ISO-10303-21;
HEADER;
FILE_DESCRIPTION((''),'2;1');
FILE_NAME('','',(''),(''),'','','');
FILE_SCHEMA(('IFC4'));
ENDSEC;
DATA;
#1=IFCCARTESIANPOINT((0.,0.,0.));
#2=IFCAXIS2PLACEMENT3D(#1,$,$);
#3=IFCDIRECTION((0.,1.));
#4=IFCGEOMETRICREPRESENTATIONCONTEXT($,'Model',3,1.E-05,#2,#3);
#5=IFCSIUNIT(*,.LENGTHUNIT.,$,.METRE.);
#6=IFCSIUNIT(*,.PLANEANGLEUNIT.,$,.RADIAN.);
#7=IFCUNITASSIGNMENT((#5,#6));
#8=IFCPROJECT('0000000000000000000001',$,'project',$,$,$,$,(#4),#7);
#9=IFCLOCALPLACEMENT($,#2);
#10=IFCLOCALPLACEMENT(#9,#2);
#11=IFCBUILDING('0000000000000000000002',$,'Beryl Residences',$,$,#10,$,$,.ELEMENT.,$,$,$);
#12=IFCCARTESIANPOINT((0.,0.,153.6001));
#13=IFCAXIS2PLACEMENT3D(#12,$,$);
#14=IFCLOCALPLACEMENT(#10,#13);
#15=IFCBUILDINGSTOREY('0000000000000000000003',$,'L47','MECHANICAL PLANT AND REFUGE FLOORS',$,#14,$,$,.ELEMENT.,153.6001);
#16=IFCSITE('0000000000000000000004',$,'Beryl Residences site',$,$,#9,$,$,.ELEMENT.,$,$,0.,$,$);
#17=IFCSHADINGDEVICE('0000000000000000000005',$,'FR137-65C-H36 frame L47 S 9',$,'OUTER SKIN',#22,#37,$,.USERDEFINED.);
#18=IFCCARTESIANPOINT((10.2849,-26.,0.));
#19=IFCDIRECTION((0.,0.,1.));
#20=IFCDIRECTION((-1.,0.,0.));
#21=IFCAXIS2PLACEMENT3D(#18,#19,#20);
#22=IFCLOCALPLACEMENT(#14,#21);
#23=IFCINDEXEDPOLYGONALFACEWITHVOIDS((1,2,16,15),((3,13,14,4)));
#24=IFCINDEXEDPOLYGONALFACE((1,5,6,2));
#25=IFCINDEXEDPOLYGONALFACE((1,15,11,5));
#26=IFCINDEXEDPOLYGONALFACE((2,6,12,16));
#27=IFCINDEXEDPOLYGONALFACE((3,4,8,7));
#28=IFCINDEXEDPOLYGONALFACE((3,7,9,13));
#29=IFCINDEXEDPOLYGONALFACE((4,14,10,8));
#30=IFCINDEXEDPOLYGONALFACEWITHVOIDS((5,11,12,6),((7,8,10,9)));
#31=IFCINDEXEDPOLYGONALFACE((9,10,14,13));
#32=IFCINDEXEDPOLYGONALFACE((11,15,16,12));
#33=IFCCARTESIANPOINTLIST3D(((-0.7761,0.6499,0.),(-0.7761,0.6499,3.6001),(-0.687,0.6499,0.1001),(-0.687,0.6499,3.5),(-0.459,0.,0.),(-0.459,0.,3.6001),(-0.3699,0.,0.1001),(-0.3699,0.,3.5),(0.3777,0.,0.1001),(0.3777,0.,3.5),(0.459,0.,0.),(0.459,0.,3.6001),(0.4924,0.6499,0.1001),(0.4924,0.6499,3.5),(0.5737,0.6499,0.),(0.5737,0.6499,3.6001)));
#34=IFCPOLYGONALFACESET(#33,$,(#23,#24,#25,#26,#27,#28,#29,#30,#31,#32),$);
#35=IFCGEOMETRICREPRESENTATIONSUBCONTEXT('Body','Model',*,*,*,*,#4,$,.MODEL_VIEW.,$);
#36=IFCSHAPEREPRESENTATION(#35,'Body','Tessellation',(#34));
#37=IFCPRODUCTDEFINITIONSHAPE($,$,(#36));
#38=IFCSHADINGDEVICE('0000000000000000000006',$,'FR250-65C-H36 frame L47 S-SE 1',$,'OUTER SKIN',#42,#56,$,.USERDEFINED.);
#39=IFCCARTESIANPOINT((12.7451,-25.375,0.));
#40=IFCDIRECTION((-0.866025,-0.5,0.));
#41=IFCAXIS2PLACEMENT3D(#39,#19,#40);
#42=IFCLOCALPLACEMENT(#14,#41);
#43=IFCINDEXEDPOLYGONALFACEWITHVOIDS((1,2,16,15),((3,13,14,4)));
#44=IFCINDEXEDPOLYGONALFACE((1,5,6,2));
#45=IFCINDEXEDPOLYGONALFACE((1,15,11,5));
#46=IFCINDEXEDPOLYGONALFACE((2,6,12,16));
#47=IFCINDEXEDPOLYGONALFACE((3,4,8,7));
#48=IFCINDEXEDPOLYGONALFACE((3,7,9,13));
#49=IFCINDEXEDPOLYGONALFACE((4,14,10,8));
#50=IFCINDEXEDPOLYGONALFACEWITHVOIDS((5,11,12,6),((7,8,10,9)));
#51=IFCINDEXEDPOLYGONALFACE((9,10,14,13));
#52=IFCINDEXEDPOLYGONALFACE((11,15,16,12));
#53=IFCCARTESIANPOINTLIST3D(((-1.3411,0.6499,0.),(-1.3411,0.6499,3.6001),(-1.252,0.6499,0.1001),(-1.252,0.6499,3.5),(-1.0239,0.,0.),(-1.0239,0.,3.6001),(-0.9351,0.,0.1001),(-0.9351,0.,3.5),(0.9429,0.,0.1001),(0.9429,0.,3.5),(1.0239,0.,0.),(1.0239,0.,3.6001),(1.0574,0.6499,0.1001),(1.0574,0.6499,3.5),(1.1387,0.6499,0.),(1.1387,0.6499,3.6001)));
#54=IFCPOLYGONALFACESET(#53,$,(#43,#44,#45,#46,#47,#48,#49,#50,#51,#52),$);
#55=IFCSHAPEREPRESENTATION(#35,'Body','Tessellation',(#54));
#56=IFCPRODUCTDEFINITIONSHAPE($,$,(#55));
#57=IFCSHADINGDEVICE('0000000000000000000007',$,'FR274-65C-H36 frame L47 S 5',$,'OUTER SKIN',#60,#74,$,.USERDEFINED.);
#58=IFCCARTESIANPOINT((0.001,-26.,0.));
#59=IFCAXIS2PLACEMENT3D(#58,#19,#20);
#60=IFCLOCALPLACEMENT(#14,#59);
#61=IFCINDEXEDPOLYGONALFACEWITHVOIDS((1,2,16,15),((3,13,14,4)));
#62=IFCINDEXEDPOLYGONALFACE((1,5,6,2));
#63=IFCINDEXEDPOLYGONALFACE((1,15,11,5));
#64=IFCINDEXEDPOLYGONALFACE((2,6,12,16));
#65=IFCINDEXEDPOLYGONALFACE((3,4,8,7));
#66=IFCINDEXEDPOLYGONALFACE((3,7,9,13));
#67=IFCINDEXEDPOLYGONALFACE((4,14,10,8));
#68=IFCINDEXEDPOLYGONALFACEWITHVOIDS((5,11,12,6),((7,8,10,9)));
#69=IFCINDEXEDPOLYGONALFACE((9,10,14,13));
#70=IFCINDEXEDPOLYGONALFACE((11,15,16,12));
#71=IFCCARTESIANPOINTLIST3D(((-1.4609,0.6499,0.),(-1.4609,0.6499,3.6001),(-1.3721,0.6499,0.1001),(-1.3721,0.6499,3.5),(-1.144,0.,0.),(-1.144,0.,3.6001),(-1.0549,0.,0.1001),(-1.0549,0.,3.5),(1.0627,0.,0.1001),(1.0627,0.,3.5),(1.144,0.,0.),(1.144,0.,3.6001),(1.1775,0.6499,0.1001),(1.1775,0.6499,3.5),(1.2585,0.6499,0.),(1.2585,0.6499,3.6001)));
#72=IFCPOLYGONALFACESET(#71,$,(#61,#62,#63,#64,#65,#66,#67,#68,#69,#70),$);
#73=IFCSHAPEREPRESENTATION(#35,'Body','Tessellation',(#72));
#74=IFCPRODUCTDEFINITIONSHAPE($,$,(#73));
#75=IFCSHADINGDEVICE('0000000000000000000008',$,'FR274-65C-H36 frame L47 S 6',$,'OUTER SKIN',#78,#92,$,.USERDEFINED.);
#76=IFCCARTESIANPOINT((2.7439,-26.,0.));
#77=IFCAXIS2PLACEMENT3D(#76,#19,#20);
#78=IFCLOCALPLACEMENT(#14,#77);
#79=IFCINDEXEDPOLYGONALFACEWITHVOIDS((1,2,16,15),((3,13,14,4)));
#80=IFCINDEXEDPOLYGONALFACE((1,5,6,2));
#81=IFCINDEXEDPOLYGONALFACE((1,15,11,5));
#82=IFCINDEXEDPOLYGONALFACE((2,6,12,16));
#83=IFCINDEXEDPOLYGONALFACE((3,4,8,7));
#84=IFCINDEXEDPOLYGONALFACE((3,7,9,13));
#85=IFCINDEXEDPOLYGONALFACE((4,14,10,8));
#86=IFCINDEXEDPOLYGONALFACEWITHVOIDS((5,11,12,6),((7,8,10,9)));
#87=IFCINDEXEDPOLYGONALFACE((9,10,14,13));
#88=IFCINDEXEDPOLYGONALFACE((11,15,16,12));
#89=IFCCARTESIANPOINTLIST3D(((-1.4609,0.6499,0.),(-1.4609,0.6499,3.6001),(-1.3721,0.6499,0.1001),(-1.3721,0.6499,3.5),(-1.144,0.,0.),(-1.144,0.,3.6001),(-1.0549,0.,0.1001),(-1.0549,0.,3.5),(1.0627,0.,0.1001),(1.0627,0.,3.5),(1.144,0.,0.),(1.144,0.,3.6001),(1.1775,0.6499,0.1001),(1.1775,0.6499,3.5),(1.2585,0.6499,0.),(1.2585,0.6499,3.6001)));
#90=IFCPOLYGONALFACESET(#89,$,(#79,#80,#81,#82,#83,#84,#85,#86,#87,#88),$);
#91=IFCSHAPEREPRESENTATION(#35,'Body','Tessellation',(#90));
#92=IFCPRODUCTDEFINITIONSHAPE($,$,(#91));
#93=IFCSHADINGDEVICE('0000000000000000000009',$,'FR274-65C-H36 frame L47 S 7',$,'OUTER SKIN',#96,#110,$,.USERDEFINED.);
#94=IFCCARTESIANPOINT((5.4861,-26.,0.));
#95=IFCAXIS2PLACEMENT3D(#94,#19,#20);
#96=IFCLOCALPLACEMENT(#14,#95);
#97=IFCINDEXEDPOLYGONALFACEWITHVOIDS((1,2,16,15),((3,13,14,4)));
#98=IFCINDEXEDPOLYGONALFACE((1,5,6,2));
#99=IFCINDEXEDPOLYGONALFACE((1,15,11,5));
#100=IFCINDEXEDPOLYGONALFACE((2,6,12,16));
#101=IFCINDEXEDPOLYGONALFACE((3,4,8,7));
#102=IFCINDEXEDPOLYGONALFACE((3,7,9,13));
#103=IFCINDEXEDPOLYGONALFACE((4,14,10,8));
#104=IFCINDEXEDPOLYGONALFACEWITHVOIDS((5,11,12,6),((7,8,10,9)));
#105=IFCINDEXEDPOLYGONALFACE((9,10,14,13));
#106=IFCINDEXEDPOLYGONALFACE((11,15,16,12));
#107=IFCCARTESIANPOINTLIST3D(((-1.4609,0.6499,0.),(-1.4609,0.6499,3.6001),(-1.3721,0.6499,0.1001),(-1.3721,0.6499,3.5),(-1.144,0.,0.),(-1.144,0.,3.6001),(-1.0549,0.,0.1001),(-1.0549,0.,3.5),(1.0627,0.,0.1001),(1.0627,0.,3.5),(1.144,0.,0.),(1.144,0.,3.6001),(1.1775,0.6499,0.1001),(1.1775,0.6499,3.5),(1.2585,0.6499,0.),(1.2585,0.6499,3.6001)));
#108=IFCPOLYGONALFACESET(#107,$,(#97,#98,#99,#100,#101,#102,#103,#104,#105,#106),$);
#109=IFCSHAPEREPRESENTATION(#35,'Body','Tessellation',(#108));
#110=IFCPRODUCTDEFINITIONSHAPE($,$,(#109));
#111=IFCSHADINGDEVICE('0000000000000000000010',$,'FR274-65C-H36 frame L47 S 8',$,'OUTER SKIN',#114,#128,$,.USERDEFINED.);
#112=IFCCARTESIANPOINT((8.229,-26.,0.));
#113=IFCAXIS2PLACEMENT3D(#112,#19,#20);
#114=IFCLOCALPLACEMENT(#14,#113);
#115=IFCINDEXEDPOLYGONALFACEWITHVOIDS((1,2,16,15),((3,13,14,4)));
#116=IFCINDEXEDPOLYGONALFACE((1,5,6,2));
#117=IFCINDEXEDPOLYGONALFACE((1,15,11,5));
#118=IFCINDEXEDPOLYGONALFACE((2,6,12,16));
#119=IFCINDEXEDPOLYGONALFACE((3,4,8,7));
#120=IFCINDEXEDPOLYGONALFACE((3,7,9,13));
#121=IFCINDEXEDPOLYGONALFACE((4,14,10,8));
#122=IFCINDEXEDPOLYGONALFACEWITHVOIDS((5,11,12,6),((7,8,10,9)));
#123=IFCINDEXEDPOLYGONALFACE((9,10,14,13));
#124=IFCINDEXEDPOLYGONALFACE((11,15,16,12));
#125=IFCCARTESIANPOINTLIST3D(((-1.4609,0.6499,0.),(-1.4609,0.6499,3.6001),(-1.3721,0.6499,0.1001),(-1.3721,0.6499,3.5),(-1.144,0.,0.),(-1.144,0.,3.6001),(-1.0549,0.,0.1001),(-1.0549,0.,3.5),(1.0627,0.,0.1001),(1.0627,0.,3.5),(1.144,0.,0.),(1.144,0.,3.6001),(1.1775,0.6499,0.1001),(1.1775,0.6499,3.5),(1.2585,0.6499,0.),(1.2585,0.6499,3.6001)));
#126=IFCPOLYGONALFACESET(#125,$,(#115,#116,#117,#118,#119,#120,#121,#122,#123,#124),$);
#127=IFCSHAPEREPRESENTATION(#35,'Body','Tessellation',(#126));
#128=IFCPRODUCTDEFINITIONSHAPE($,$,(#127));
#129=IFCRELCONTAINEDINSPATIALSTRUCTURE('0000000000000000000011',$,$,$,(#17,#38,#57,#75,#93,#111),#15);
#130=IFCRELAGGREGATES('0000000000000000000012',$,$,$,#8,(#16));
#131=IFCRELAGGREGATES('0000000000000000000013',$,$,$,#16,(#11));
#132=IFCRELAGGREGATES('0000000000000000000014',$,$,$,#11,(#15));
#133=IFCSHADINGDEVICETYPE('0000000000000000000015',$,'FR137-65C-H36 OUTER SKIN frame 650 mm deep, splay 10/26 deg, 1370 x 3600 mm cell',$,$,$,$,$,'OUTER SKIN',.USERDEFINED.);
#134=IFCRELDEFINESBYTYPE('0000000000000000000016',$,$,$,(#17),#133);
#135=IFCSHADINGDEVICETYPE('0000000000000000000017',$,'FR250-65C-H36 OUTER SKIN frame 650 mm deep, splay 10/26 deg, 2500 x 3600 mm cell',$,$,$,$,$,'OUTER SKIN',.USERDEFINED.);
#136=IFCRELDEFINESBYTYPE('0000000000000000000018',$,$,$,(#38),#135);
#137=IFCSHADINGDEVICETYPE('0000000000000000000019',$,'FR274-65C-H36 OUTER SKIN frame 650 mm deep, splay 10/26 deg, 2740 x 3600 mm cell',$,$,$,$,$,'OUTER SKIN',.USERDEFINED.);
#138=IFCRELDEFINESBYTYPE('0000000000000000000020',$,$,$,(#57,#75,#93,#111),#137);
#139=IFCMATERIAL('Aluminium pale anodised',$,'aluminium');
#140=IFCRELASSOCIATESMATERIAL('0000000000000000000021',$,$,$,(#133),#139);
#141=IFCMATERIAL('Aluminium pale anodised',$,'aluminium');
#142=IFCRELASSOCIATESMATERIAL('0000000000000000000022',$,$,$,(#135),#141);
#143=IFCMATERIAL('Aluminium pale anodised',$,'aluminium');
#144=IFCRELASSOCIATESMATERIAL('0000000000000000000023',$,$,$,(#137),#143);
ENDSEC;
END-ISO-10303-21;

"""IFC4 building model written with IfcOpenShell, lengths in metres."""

from ifc_helpers import new_model, entity, si_unit, direction, frame, origin, place, context, subcontext, project, spatial, source, transform, mapped, material, type_object, type_shapes, element, save


model = new_model("IFC4")

# Units and contexts
model_context = context("Model", 3, precision=1e-05, world=origin(), true_north=direction((0.0, 1.0)))
body_context = subcontext(model_context, "Body", "Model", "MODEL_VIEW")
ifc_project = project(units=[si_unit("LENGTHUNIT", "METRE"), si_unit("PLANEANGLEUNIT", "RADIAN")], contexts=[model_context])

# Site, building, storey
site_placement = place(None, origin())
site = spatial("IfcSite", under=ifc_project, at=site_placement, Name="Beryl Residences site", CompositionType="ELEMENT", RefElevation=0.0)
building_placement = place(site_placement, origin())
building = spatial("IfcBuilding", under=site, at=building_placement, Name="Beryl Residences", CompositionType="ELEMENT")
storey_placement = place(building_placement, frame((0.0, 0.0, 153.6001)))
storey = spatial("IfcBuildingStorey", under=building, at=storey_placement, Name="L47", Description="MECHANICAL PLANT AND REFUGE FLOORS", CompositionType="ELEMENT", Elevation=153.6001)

# Shading devices
ifc_material_1 = material(Name="Aluminium pale anodised", Category="aluminium")
shading_device_type_1 = type_object("IfcShadingDeviceType", Name="FR137-65C-H36 OUTER SKIN frame 650 mm deep, splay 10/26 deg, 1370 x 3600 mm cell", ElementType="OUTER SKIN", PredefinedType="USERDEFINED", material=ifc_material_1)
cartesian_point_1 = entity("IfcCartesianPoint", [-0.459, 0.0])
cartesian_point_2 = entity("IfcCartesianPoint", [-0.3777, 0.1001])
cartesian_point_3 = entity("IfcCartesianPoint", [-0.5737, 0.0])
cartesian_point_4 = entity("IfcCartesianPoint", [-0.4924, 0.1001])
shared_shape_1 = source(origin(), body_context, "Body", "SweptSolid", [
    entity("IfcExtrudedAreaSolidTapered", entity("IfcArbitraryProfileDefWithVoids", "AREA", None, entity("IfcPolyline", [cartesian_point_1, entity("IfcCartesianPoint", [0.459, 0.0]), entity("IfcCartesianPoint", [0.459, 3.6001]), entity("IfcCartesianPoint", [-0.459, 3.6001]), cartesian_point_1]), [entity("IfcPolyline", [cartesian_point_2, entity("IfcCartesianPoint", [0.3699, 0.1001]), entity("IfcCartesianPoint", [0.3699, 3.5]), entity("IfcCartesianPoint", [-0.3777, 3.5]), cartesian_point_2])]), entity("IfcAxis2Placement3D", entity("IfcCartesianPoint", [0.0, 0.0, 0.0]), entity("IfcDirection", [0.0, 1.0, 0.0]), entity("IfcDirection", [-1.0, 0.0, 0.0])), entity("IfcDirection", [0.0, 0.0, 1.0]), 0.6499, entity("IfcArbitraryProfileDefWithVoids", "AREA", None, entity("IfcPolyline", [cartesian_point_3, entity("IfcCartesianPoint", [0.7761, 0.0]), entity("IfcCartesianPoint", [0.7761, 3.6001]), entity("IfcCartesianPoint", [-0.5737, 3.6001]), cartesian_point_3]), [entity("IfcPolyline", [cartesian_point_4, entity("IfcCartesianPoint", [0.687, 0.1001]), entity("IfcCartesianPoint", [0.687, 3.5]), entity("IfcCartesianPoint", [-0.4924, 3.5]), cartesian_point_4])])),
])
type_shapes(shading_device_type_1, [shared_shape_1])
shading_device_1_placement = place(storey_placement, frame((10.2849, -26.0, 0.0), z_axis=(0.0, 0.0, 1.0), x_axis=(-1.0, 0.0, 0.0)))
element("IfcShadingDevice", 1, at=shading_device_1_placement, inside=storey, type_object=shading_device_type_1, Name="FR137-65C-H36 frame L47 S 9", ObjectType="OUTER SKIN", PredefinedType="USERDEFINED", context=body_context, shape_type="MappedRepresentation", body=[
    mapped(shared_shape_1, transform((0.0, 0.0, 0.0))),
])
ifc_material_2 = material(Name="Aluminium pale anodised", Category="aluminium")
shading_device_type_2 = type_object("IfcShadingDeviceType", Name="FR250-65C-H36 OUTER SKIN frame 650 mm deep, splay 10/26 deg, 2500 x 3600 mm cell", ElementType="OUTER SKIN", PredefinedType="USERDEFINED", material=ifc_material_2)
cartesian_point_5 = entity("IfcCartesianPoint", [-1.0239, 0.0])
cartesian_point_6 = entity("IfcCartesianPoint", [-0.9429, 0.1001])
cartesian_point_7 = entity("IfcCartesianPoint", [-1.1387, 0.0])
cartesian_point_8 = entity("IfcCartesianPoint", [-1.0574, 0.1001])
shared_shape_2 = source(origin(), body_context, "Body", "SweptSolid", [
    entity("IfcExtrudedAreaSolidTapered", entity("IfcArbitraryProfileDefWithVoids", "AREA", None, entity("IfcPolyline", [cartesian_point_5, entity("IfcCartesianPoint", [1.0239, 0.0]), entity("IfcCartesianPoint", [1.0239, 3.6001]), entity("IfcCartesianPoint", [-1.0239, 3.6001]), cartesian_point_5]), [entity("IfcPolyline", [cartesian_point_6, entity("IfcCartesianPoint", [0.9351, 0.1001]), entity("IfcCartesianPoint", [0.9351, 3.5]), entity("IfcCartesianPoint", [-0.9429, 3.5]), cartesian_point_6])]), entity("IfcAxis2Placement3D", entity("IfcCartesianPoint", [0.0, 0.0, 0.0]), entity("IfcDirection", [0.0, 1.0, 0.0]), entity("IfcDirection", [-1.0, 0.0, 0.0])), entity("IfcDirection", [0.0, 0.0, 1.0]), 0.6499, entity("IfcArbitraryProfileDefWithVoids", "AREA", None, entity("IfcPolyline", [cartesian_point_7, entity("IfcCartesianPoint", [1.3411, 0.0]), entity("IfcCartesianPoint", [1.3411, 3.6001]), entity("IfcCartesianPoint", [-1.1387, 3.6001]), cartesian_point_7]), [entity("IfcPolyline", [cartesian_point_8, entity("IfcCartesianPoint", [1.252, 0.1001]), entity("IfcCartesianPoint", [1.252, 3.5]), entity("IfcCartesianPoint", [-1.0574, 3.5]), cartesian_point_8])])),
])
type_shapes(shading_device_type_2, [shared_shape_2])
shading_device_2_placement = place(storey_placement, frame((12.7451, -25.375, 0.0), z_axis=(0.0, 0.0, 1.0), x_axis=(-0.866025, -0.5, 0.0)))
element("IfcShadingDevice", 2, at=shading_device_2_placement, inside=storey, type_object=shading_device_type_2, Name="FR250-65C-H36 frame L47 S-SE 1", ObjectType="OUTER SKIN", PredefinedType="USERDEFINED", context=body_context, shape_type="MappedRepresentation", body=[
    mapped(shared_shape_2, transform((0.0, 0.0, 0.0))),
])
ifc_material_3 = material(Name="Aluminium pale anodised", Category="aluminium")
shading_device_type_3 = type_object("IfcShadingDeviceType", Name="FR274-65C-H36 OUTER SKIN frame 650 mm deep, splay 10/26 deg, 2740 x 3600 mm cell", ElementType="OUTER SKIN", PredefinedType="USERDEFINED", material=ifc_material_3)
cartesian_point_9 = entity("IfcCartesianPoint", [-1.144, 0.0])
cartesian_point_10 = entity("IfcCartesianPoint", [-1.0627, 0.1001])
cartesian_point_11 = entity("IfcCartesianPoint", [-1.2585, 0.0])
cartesian_point_12 = entity("IfcCartesianPoint", [-1.1775, 0.1001])
shared_shape_3 = source(origin(), body_context, "Body", "SweptSolid", [
    entity("IfcExtrudedAreaSolidTapered", entity("IfcArbitraryProfileDefWithVoids", "AREA", None, entity("IfcPolyline", [cartesian_point_9, entity("IfcCartesianPoint", [1.144, 0.0]), entity("IfcCartesianPoint", [1.144, 3.6001]), entity("IfcCartesianPoint", [-1.144, 3.6001]), cartesian_point_9]), [entity("IfcPolyline", [cartesian_point_10, entity("IfcCartesianPoint", [1.0549, 0.1001]), entity("IfcCartesianPoint", [1.0549, 3.5]), entity("IfcCartesianPoint", [-1.0627, 3.5]), cartesian_point_10])]), entity("IfcAxis2Placement3D", entity("IfcCartesianPoint", [0.0, 0.0, 0.0]), entity("IfcDirection", [0.0, 1.0, 0.0]), entity("IfcDirection", [-1.0, 0.0, 0.0])), entity("IfcDirection", [0.0, 0.0, 1.0]), 0.6499, entity("IfcArbitraryProfileDefWithVoids", "AREA", None, entity("IfcPolyline", [cartesian_point_11, entity("IfcCartesianPoint", [1.4609, 0.0]), entity("IfcCartesianPoint", [1.4609, 3.6001]), entity("IfcCartesianPoint", [-1.2585, 3.6001]), cartesian_point_11]), [entity("IfcPolyline", [cartesian_point_12, entity("IfcCartesianPoint", [1.3721, 0.1001]), entity("IfcCartesianPoint", [1.3721, 3.5]), entity("IfcCartesianPoint", [-1.1775, 3.5]), cartesian_point_12])])),
])
type_shapes(shading_device_type_3, [shared_shape_3])
for number, where, z_axis, x_axis, name in (
    (3, (0.001, -26.0, 0.0), (0.0, 0.0, 1.0), (-1.0, 0.0, 0.0), "FR274-65C-H36 frame L47 S 5"),
    (4, (2.7439, -26.0, 0.0), (0.0, 0.0, 1.0), (-1.0, 0.0, 0.0), "FR274-65C-H36 frame L47 S 6"),
    (5, (5.4861, -26.0, 0.0), (0.0, 0.0, 1.0), (-1.0, 0.0, 0.0), "FR274-65C-H36 frame L47 S 7"),
    (6, (8.229, -26.0, 0.0), (0.0, 0.0, 1.0), (-1.0, 0.0, 0.0), "FR274-65C-H36 frame L47 S 8"),
):
    element("IfcShadingDevice", number, at=place(storey_placement, frame(where, z_axis=z_axis, x_axis=x_axis)), inside=storey, type_object=shading_device_type_3, Name=name, ObjectType="OUTER SKIN", PredefinedType="USERDEFINED", context=body_context, shape_type="MappedRepresentation", body=[
        mapped(shared_shape_3, transform((0.0, 0.0, 0.0))),
    ])

save(model, "model.ifc")
